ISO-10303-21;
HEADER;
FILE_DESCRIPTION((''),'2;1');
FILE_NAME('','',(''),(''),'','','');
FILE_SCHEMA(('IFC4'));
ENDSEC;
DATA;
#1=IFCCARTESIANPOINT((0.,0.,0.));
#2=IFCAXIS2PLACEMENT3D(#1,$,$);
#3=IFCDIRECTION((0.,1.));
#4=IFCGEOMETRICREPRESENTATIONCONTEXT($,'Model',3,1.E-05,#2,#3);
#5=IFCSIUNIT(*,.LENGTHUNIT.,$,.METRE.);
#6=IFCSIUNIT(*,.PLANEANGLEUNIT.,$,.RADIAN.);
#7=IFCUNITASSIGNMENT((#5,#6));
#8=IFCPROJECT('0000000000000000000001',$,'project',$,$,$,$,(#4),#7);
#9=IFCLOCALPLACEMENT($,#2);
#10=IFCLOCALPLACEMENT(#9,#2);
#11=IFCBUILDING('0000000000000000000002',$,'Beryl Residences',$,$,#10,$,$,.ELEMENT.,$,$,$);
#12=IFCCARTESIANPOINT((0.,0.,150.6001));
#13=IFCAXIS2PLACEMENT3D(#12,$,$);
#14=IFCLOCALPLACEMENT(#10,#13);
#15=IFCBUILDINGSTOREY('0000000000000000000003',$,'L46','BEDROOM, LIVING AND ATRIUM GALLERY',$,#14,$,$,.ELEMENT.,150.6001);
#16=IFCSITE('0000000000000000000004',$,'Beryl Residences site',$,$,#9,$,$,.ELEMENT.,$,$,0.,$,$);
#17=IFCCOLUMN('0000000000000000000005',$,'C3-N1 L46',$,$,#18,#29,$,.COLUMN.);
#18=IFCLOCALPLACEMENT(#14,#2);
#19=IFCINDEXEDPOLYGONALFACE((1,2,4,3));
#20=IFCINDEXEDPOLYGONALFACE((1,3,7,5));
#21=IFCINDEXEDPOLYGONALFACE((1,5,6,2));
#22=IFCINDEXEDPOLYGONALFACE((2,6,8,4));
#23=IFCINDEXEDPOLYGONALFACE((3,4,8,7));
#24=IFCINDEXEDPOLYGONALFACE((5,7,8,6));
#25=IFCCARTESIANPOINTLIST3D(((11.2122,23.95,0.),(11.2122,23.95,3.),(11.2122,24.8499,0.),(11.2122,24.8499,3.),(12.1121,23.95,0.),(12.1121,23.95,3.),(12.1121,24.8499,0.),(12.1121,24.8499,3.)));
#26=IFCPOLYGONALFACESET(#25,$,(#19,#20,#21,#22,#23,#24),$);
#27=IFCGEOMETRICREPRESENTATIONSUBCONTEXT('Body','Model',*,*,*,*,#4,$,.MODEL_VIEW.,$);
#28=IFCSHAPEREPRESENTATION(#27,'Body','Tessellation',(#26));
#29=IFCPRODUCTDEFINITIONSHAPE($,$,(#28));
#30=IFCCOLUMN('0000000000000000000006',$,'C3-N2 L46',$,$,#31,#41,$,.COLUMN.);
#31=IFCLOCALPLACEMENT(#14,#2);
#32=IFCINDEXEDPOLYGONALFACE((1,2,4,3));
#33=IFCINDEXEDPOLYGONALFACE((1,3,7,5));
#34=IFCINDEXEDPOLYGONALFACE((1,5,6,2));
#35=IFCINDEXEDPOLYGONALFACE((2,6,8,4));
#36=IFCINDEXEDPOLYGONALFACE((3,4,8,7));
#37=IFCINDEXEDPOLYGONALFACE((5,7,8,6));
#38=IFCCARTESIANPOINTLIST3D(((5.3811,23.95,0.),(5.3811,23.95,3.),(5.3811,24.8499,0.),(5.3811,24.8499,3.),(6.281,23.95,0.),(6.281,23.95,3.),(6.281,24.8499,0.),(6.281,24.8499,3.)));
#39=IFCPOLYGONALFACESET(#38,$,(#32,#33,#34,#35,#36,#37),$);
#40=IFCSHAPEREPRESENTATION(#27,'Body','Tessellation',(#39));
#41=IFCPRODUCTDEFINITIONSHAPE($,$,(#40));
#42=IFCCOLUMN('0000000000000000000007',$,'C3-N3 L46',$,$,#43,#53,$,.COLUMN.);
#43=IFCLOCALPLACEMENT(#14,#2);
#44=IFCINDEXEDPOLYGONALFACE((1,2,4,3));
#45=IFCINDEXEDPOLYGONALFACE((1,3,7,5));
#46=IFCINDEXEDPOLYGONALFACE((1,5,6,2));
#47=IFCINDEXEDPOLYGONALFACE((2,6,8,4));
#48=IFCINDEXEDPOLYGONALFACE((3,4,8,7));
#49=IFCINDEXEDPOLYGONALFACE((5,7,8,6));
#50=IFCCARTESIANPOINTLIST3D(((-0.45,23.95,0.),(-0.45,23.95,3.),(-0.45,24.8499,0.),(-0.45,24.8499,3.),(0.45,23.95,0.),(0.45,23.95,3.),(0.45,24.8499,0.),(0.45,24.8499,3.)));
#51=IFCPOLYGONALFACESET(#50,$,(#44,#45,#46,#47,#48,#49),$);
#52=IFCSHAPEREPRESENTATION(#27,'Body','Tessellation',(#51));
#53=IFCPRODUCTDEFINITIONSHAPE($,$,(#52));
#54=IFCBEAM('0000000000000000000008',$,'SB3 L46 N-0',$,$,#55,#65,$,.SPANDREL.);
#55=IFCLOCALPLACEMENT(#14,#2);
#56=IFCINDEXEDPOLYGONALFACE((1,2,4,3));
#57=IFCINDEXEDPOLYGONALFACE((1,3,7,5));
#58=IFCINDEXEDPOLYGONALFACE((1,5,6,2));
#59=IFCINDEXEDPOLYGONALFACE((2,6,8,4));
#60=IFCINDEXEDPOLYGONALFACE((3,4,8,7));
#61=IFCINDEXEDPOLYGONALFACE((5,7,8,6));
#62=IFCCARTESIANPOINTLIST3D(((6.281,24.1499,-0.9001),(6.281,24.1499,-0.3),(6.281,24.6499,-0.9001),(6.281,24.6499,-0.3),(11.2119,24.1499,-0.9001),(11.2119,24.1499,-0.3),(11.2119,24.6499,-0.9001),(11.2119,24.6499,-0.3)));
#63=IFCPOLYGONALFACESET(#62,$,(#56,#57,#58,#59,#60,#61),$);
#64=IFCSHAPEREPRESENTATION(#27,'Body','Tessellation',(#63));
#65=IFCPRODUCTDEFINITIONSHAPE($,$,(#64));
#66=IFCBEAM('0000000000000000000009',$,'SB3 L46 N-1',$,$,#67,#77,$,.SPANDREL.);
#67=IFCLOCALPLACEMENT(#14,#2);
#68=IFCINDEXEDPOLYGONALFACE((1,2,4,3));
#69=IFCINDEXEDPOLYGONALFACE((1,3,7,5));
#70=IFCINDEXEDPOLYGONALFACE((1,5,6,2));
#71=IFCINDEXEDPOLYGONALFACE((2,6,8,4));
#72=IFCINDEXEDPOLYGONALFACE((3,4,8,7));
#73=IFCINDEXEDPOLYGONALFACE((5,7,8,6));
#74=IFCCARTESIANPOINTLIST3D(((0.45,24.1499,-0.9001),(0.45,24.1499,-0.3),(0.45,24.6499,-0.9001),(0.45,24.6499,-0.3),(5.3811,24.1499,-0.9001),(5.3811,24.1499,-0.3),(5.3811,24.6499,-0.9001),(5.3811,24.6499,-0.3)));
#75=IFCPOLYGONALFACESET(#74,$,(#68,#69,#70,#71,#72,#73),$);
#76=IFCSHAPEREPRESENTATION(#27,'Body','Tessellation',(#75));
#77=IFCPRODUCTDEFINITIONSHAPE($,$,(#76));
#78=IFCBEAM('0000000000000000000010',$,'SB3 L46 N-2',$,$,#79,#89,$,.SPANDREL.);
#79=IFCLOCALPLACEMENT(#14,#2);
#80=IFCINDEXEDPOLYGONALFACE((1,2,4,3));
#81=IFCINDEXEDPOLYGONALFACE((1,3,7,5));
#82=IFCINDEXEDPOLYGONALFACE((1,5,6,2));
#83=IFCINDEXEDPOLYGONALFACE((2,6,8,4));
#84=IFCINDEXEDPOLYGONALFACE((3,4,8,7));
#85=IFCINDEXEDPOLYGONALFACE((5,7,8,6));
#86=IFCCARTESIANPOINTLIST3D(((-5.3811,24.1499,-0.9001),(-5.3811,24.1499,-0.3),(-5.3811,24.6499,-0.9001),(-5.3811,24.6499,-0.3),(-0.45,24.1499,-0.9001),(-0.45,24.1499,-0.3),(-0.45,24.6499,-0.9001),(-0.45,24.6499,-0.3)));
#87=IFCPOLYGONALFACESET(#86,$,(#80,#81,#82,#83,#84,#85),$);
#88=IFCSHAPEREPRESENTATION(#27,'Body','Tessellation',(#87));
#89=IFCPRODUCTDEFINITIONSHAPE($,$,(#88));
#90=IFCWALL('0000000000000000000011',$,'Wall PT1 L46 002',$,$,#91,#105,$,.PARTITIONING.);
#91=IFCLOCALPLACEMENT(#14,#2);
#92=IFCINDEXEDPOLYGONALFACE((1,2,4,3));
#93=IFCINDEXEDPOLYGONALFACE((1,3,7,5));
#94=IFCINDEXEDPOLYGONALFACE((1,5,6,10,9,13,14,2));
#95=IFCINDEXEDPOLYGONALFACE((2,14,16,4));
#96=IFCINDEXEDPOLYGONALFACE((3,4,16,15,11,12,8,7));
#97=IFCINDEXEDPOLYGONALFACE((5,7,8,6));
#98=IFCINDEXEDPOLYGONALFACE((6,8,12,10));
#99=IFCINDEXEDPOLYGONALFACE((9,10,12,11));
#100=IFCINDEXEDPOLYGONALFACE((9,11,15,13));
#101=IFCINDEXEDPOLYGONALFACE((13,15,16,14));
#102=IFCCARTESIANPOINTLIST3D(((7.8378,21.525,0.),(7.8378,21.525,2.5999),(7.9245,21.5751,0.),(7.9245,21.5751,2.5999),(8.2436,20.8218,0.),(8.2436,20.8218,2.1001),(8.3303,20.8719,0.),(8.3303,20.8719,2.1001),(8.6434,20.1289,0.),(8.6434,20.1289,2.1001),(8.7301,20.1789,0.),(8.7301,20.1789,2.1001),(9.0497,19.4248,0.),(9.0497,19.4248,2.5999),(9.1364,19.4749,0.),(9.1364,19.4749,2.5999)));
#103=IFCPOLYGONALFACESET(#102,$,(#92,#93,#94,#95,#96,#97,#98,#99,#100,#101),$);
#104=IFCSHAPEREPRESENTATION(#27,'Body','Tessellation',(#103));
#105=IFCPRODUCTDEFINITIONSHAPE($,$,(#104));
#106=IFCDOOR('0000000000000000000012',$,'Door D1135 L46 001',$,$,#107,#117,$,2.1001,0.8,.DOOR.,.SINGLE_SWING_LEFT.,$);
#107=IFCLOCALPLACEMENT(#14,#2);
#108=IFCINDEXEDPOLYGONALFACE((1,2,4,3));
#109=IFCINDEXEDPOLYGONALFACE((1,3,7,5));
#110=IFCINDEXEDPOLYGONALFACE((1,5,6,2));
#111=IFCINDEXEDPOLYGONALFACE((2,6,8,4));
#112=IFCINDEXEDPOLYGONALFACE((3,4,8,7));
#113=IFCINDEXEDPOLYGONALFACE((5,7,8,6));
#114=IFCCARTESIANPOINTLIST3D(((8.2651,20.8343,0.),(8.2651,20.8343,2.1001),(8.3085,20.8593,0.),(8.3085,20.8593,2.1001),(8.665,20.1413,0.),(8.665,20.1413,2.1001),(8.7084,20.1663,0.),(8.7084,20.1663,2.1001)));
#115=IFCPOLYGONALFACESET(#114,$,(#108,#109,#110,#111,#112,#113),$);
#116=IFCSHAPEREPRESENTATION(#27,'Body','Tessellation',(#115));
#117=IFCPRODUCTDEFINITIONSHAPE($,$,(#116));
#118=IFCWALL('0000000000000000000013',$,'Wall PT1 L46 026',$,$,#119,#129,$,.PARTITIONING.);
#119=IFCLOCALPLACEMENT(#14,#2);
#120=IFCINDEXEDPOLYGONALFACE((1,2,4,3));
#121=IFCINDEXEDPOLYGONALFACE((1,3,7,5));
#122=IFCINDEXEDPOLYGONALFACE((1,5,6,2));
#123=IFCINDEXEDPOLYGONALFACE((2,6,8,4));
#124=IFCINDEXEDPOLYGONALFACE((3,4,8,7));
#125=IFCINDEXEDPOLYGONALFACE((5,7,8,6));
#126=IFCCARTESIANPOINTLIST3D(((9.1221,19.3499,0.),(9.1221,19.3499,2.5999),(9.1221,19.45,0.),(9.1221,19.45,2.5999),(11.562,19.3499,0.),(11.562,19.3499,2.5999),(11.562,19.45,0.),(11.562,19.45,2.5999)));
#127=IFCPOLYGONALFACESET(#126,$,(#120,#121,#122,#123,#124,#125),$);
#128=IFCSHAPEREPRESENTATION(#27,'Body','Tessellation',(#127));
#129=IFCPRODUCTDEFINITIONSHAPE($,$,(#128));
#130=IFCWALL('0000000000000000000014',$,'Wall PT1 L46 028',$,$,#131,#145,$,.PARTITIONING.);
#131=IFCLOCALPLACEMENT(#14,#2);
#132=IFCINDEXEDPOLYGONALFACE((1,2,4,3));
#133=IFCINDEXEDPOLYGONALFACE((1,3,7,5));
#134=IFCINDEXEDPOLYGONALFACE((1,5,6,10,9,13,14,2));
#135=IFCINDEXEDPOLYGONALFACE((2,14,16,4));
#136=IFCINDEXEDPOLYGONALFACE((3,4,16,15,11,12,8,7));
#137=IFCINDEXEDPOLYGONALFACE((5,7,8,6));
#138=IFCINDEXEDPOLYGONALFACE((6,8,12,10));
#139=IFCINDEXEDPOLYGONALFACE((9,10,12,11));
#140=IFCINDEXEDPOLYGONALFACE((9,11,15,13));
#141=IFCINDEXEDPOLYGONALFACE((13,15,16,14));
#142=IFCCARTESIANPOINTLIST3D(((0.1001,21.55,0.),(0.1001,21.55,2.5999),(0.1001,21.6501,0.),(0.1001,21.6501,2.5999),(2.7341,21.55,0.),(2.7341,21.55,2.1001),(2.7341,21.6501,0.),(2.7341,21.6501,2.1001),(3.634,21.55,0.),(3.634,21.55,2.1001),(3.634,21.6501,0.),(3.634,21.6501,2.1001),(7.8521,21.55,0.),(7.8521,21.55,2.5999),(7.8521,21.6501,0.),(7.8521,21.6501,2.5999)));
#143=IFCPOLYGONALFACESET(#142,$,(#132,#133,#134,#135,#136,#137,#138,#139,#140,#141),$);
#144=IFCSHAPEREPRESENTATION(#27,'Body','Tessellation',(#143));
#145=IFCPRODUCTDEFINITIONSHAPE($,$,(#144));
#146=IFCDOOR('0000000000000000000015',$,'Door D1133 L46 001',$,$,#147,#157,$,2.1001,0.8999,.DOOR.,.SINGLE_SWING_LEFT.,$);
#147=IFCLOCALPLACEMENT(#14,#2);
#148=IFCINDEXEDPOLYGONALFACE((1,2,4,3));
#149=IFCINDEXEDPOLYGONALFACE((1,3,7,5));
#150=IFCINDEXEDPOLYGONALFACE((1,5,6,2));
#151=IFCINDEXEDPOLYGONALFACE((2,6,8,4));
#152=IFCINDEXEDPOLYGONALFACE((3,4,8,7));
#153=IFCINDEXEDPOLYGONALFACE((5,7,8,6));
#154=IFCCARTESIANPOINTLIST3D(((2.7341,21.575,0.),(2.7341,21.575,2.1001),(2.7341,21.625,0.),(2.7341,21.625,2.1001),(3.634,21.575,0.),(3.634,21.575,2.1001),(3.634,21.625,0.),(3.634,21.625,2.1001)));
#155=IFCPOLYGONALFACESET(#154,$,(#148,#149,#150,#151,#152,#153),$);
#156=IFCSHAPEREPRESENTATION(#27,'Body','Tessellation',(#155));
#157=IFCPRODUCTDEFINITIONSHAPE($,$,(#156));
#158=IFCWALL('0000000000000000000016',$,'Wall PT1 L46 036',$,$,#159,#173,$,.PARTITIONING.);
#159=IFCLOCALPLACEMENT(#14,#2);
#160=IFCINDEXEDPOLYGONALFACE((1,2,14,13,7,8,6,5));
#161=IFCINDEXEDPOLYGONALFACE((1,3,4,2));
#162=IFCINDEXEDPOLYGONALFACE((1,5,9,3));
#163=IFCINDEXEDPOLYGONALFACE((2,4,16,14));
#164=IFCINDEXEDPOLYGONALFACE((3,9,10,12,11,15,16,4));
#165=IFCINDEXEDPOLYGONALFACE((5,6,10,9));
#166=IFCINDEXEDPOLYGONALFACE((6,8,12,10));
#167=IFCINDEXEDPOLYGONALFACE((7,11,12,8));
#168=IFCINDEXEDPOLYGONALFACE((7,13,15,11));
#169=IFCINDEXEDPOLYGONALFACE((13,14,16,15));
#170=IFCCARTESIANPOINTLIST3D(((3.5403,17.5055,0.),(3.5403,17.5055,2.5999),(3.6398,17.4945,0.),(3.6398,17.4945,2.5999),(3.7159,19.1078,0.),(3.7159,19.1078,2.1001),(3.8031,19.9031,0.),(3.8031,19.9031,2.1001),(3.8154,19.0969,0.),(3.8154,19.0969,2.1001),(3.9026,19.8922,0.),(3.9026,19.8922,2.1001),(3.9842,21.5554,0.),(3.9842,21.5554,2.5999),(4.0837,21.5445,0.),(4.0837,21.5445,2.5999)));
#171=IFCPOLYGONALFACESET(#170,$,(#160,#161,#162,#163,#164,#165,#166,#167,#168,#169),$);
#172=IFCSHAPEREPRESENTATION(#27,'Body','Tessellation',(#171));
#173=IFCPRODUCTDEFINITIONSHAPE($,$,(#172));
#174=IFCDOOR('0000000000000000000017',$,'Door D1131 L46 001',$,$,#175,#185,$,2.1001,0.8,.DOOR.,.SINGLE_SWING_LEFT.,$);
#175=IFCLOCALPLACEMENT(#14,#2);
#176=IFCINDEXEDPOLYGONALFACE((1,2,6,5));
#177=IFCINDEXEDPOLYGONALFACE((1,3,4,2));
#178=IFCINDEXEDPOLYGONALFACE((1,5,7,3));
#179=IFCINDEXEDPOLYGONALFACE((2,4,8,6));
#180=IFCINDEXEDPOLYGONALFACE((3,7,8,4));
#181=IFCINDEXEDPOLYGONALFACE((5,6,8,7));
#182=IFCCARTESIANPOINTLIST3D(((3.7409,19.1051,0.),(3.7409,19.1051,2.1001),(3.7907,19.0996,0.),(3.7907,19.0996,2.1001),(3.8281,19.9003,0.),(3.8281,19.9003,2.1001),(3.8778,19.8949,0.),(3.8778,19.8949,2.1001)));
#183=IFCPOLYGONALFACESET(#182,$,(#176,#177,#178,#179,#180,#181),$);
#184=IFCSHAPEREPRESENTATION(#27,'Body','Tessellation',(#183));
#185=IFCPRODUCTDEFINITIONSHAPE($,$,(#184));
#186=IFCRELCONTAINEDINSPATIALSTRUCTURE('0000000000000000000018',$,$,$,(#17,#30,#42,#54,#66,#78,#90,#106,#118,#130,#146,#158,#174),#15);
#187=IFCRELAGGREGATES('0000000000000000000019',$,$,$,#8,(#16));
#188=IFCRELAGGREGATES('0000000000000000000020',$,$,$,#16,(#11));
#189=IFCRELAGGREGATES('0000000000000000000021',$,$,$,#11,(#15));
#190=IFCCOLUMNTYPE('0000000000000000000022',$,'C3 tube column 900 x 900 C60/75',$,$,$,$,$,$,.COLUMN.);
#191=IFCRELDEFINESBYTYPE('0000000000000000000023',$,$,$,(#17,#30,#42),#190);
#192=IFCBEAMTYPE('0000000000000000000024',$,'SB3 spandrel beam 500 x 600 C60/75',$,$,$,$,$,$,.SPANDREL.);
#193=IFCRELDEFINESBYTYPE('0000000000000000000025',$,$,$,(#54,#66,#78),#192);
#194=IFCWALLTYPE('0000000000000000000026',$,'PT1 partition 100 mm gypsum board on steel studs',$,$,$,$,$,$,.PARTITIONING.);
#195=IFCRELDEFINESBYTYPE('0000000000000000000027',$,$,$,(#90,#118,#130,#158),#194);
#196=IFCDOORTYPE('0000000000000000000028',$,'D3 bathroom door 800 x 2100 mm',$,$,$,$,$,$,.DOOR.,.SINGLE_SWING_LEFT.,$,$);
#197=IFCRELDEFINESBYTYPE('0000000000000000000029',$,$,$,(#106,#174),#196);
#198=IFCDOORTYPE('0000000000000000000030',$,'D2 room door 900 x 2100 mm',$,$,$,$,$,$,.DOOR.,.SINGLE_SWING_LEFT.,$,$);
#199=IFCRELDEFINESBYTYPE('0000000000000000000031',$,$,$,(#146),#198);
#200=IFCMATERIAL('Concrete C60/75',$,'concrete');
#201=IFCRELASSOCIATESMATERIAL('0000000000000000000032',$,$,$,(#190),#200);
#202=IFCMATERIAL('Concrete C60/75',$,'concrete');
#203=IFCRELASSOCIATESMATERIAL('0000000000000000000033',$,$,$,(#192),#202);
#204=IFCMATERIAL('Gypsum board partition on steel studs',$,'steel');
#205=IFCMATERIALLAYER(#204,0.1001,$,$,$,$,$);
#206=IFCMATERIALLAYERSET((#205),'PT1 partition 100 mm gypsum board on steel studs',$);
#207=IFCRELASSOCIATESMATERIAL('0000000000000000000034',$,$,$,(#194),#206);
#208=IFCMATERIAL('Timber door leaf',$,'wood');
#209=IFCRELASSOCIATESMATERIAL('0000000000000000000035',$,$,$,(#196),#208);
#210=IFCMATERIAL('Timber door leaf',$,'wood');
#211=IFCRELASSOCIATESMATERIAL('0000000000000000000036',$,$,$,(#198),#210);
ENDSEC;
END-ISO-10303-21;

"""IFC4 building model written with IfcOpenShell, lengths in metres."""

from ifc_helpers import new_model, si_unit, direction, frame, frame_2d, origin, origin_2d, place, context, subcontext, project, spatial, rectangle, extrude, material, layer, layer_set, material_profile, profile_set, type_object, element, fill, save


model = new_model("IFC4")

# Units and contexts
model_context = context("Model", 3, precision=1e-05, world=origin(), true_north=direction((0.0, 1.0)))
body_context = subcontext(model_context, "Body", "Model", "MODEL_VIEW")
ifc_project = project(units=[si_unit("LENGTHUNIT", "METRE"), si_unit("PLANEANGLEUNIT", "RADIAN")], contexts=[model_context])

# Site, building, storey
site_placement = place(None, origin())
site = spatial("IfcSite", under=ifc_project, at=site_placement, Name="Beryl Residences site", CompositionType="ELEMENT", RefElevation=0.0)
building_placement = place(site_placement, origin())
building = spatial("IfcBuilding", under=site, at=building_placement, Name="Beryl Residences", CompositionType="ELEMENT")
storey_placement = place(building_placement, frame((0.0, 0.0, 150.6001)))
storey = spatial("IfcBuildingStorey", under=building, at=storey_placement, Name="L46", Description="BEDROOM, LIVING AND ATRIUM GALLERY", CompositionType="ELEMENT", Elevation=150.6001)

# Columns
ifc_material_1 = material(Name="Concrete C60/75", Category="concrete")
ifc_material_profile_1 = material_profile(ifc_material_1, rectangle(XDim=0.8999, YDim=0.8999, at=origin_2d()))
ifc_profile_set_1 = profile_set([ifc_material_profile_1], Name="Concrete C60/75")
column_type = type_object("IfcColumnType", Name="C3 tube column 900 x 900 C60/75", PredefinedType="COLUMN", material=ifc_profile_set_1)
for number, where, z_axis, x_axis, name in (
    (1, (11.6621, 24.3999, 0.0), (0.0, 0.0, 1.0), (-1.0, 0.0, 0.0), "C3-N1 L46"),
    (2, (5.8311, 24.3999, 0.0), (0.0, 0.0, 1.0), (-1.0, 0.0, 0.0), "C3-N2 L46"),
    (3, (0.0, 24.3999, 0.0), (0.0, 0.0, 1.0), (-1.0, 0.0, 0.0), "C3-N3 L46"),
):
    element("IfcColumn", number, at=place(storey_placement, frame(where, z_axis=z_axis, x_axis=x_axis)), inside=storey, type_object=column_type, Name=name, PredefinedType="COLUMN", context=body_context, shape_type="SweptSolid", body=[
        extrude(rectangle(XDim=0.8999, YDim=0.8999, at=origin_2d()), origin(), (0.0, 0.0, 1.0), 3.0),
    ])

# Beams
ifc_material_2 = material(Name="Concrete C60/75", Category="concrete")
ifc_material_profile_2 = material_profile(ifc_material_2, rectangle(XDim=0.5, YDim=0.6001, at=origin_2d()))
ifc_profile_set_2 = profile_set([ifc_material_profile_2], Name="Concrete C60/75")
beam_type = type_object("IfcBeamType", Name="SB3 spandrel beam 500 x 600 C60/75", PredefinedType="SPANDREL", material=ifc_profile_set_2)
beam_placement = place(storey_placement, frame((11.2119, 24.3999, -0.6001), z_axis=(-1.0, 0.0, 0.0), x_axis=(0.0, -1.0, 0.0)))
element("IfcBeam", 4, at=beam_placement, inside=storey, type_object=beam_type, Name="SB3 L46 N-0", PredefinedType="SPANDREL", context=body_context, shape_type="SweptSolid", body=[
    extrude(rectangle(XDim=0.5, YDim=0.6001, at=origin_2d()), origin(), (0.0, 0.0, 1.0), 4.9309),
])
for number, where, z_axis, x_axis, name in (
    (5, (5.3811, 24.3999, -0.6001), (-1.0, 0.0, 0.0), (0.0, -1.0, 0.0), "SB3 L46 N-1"),
    (6, (-0.45, 24.3999, -0.6001), (-1.0, 0.0, 0.0), (0.0, -1.0, 0.0), "SB3 L46 N-2"),
):
    element("IfcBeam", number, at=place(storey_placement, frame(where, z_axis=z_axis, x_axis=x_axis)), inside=storey, type_object=beam_type, Name=name, PredefinedType="SPANDREL", context=body_context, shape_type="SweptSolid", body=[
        extrude(rectangle(XDim=0.5, YDim=0.6001, at=origin_2d()), origin(), (0.0, 0.0, 1.0), 4.9312),
    ])

# Wall, opening, door
ifc_material_3 = material(Name="Gypsum board partition on steel studs", Category="steel")
ifc_layer_1 = layer(ifc_material_3, 0.1001)
ifc_layer_set_1 = layer_set([ifc_layer_1], Name="PT1 partition 100 mm gypsum board on steel studs")
wall_type_1 = type_object("IfcWallType", Name="PT1 partition 100 mm gypsum board on steel studs", PredefinedType="PARTITIONING", material=ifc_layer_set_1)
wall_1_placement = place(storey_placement, frame((7.8811, 21.55, 0.0), z_axis=(0.0, 0.0, 1.0), x_axis=(0.499821, -0.866129, 0.0)))
wall_1 = element("IfcWall", 7, at=wall_1_placement, inside=storey, type_object=wall_type_1, Name="Wall PT1 L46 002", PredefinedType="PARTITIONING", context=body_context, shape_type="SweptSolid", body=[
    extrude(rectangle(XDim=2.4248, YDim=0.1001, at=frame_2d((1.2124, 0.0))), origin(), (0.0, 0.0, 1.0), 2.5999),
])
opening_1_placement = place(wall_1_placement, frame((0.812, 0.0, 0.0)))
opening_1 = element("IfcOpeningElement", 8, at=opening_1_placement, cuts=wall_1, PredefinedType="OPENING", context=body_context, shape_type="SweptSolid", body=[
    extrude(rectangle(XDim=0.8, YDim=2.1001, at=frame_2d((0.3999, 1.05))), frame((0.0, 0.0601, 0.0), z_axis=(0.0, -1.0, 0.0), x_axis=(1.0, 0.0, 0.0)), (0.0, 0.0, 1.0), 0.1201),
])
ifc_material_4 = material(Name="Timber door leaf", Category="wood")
door_type_1 = type_object("IfcDoorType", Name="D3 bathroom door 800 x 2100 mm", OperationType="SINGLE_SWING_LEFT", PredefinedType="DOOR", material=ifc_material_4)
door_1_placement = place(opening_1_placement, origin())
door_1 = element("IfcDoor", 9, at=door_1_placement, inside=storey, type_object=door_type_1, Name="Door D1135 L46 001", OperationType="SINGLE_SWING_LEFT", OverallHeight=2.1001, OverallWidth=0.8, PredefinedType="DOOR", context=body_context, shape_type="SweptSolid", body=[
    extrude(rectangle(XDim=0.8, YDim=2.1001, at=frame_2d((0.3999, 1.05))), frame((0.0, 0.0249, 0.0), z_axis=(0.0, -1.0, 0.0), x_axis=(1.0, 0.0, 0.0)), (0.0, 0.0, 1.0), 0.05),
])
fill(opening_1, door_1)

# Wall
wall_2_placement = place(storey_placement, frame((9.1221, 19.3999, 0.0), z_axis=(0.0, 0.0, 1.0), x_axis=(1.0, 0.0, 0.0)))
element("IfcWall", 10, at=wall_2_placement, inside=storey, type_object=wall_type_1, Name="Wall PT1 L46 026", PredefinedType="PARTITIONING", context=body_context, shape_type="SweptSolid", body=[
    extrude(rectangle(XDim=2.4399, YDim=0.1001, at=frame_2d((1.22, 0.0))), origin(), (0.0, 0.0, 1.0), 2.5999),
])

# Walls, openings, doors
wall_3_placement = place(storey_placement, frame((0.1001, 21.6001, 0.0), z_axis=(0.0, 0.0, 1.0), x_axis=(1.0, 0.0, 0.0)))
wall_3 = element("IfcWall", 11, at=wall_3_placement, inside=storey, type_object=wall_type_1, Name="Wall PT1 L46 028", PredefinedType="PARTITIONING", context=body_context, shape_type="SweptSolid", body=[
    extrude(rectangle(XDim=7.752, YDim=0.1001, at=frame_2d((3.876, 0.0))), origin(), (0.0, 0.0, 1.0), 2.5999),
])
opening_2_placement = place(wall_3_placement, frame((2.634, 0.0, 0.0)))
opening_2 = element("IfcOpeningElement", 12, at=opening_2_placement, cuts=wall_3, PredefinedType="OPENING", context=body_context, shape_type="SweptSolid", body=[
    extrude(rectangle(XDim=0.8999, YDim=2.1001, at=frame_2d((0.45, 1.05))), frame((0.0, 0.0601, 0.0), z_axis=(0.0, -1.0, 0.0), x_axis=(1.0, 0.0, 0.0)), (0.0, 0.0, 1.0), 0.1201),
])
ifc_material_5 = material(Name="Timber door leaf", Category="wood")
door_type_2 = type_object("IfcDoorType", Name="D2 room door 900 x 2100 mm", OperationType="SINGLE_SWING_LEFT", PredefinedType="DOOR", material=ifc_material_5)
door_2_placement = place(opening_2_placement, origin())
door_2 = element("IfcDoor", 13, at=door_2_placement, inside=storey, type_object=door_type_2, Name="Door D1133 L46 001", OperationType="SINGLE_SWING_LEFT", OverallHeight=2.1001, OverallWidth=0.8999, PredefinedType="DOOR", context=body_context, shape_type="SweptSolid", body=[
    extrude(rectangle(XDim=0.8999, YDim=2.1001, at=frame_2d((0.45, 1.05))), frame((0.0, 0.0249, 0.0), z_axis=(0.0, -1.0, 0.0), x_axis=(1.0, 0.0, 0.0)), (0.0, 0.0, 1.0), 0.05),
])
fill(opening_2, door_2)
wall_4_placement = place(storey_placement, frame((3.5901, 17.5, 0.0), z_axis=(0.0, 0.0, 1.0), x_axis=(0.108938, 0.994048, 0.0)))
wall_4 = element("IfcWall", 14, at=wall_4_placement, inside=storey, type_object=wall_type_1, Name="Wall PT1 L46 036", PredefinedType="PARTITIONING", context=body_context, shape_type="SweptSolid", body=[
    extrude(rectangle(XDim=4.0742, YDim=0.1001, at=frame_2d((2.0371, 0.0))), origin(), (0.0, 0.0, 1.0), 2.5999),
])
opening_3_placement = place(wall_4_placement, frame((1.6121, 0.0, 0.0)))
opening_3 = element("IfcOpeningElement", 15, at=opening_3_placement, cuts=wall_4, PredefinedType="OPENING", context=body_context, shape_type="SweptSolid", body=[
    extrude(rectangle(XDim=0.8, YDim=2.1001, at=frame_2d((0.3999, 1.05))), frame((0.0, 0.0601, 0.0), z_axis=(0.0, -1.0, 0.0), x_axis=(1.0, 0.0, 0.0)), (0.0, 0.0, 1.0), 0.1201),
])
door_3_placement = place(opening_3_placement, origin())
door_3 = element("IfcDoor", 16, at=door_3_placement, inside=storey, type_object=door_type_1, Name="Door D1131 L46 001", OperationType="SINGLE_SWING_LEFT", OverallHeight=2.1001, OverallWidth=0.8, PredefinedType="DOOR", context=body_context, shape_type="SweptSolid", body=[
    extrude(rectangle(XDim=0.8, YDim=2.1001, at=frame_2d((0.3999, 1.05))), frame((0.0, 0.0249, 0.0), z_axis=(0.0, -1.0, 0.0), x_axis=(1.0, 0.0, 0.0)), (0.0, 0.0, 1.0), 0.05),
])
fill(opening_3, door_3)

save(model, "model.ifc")
